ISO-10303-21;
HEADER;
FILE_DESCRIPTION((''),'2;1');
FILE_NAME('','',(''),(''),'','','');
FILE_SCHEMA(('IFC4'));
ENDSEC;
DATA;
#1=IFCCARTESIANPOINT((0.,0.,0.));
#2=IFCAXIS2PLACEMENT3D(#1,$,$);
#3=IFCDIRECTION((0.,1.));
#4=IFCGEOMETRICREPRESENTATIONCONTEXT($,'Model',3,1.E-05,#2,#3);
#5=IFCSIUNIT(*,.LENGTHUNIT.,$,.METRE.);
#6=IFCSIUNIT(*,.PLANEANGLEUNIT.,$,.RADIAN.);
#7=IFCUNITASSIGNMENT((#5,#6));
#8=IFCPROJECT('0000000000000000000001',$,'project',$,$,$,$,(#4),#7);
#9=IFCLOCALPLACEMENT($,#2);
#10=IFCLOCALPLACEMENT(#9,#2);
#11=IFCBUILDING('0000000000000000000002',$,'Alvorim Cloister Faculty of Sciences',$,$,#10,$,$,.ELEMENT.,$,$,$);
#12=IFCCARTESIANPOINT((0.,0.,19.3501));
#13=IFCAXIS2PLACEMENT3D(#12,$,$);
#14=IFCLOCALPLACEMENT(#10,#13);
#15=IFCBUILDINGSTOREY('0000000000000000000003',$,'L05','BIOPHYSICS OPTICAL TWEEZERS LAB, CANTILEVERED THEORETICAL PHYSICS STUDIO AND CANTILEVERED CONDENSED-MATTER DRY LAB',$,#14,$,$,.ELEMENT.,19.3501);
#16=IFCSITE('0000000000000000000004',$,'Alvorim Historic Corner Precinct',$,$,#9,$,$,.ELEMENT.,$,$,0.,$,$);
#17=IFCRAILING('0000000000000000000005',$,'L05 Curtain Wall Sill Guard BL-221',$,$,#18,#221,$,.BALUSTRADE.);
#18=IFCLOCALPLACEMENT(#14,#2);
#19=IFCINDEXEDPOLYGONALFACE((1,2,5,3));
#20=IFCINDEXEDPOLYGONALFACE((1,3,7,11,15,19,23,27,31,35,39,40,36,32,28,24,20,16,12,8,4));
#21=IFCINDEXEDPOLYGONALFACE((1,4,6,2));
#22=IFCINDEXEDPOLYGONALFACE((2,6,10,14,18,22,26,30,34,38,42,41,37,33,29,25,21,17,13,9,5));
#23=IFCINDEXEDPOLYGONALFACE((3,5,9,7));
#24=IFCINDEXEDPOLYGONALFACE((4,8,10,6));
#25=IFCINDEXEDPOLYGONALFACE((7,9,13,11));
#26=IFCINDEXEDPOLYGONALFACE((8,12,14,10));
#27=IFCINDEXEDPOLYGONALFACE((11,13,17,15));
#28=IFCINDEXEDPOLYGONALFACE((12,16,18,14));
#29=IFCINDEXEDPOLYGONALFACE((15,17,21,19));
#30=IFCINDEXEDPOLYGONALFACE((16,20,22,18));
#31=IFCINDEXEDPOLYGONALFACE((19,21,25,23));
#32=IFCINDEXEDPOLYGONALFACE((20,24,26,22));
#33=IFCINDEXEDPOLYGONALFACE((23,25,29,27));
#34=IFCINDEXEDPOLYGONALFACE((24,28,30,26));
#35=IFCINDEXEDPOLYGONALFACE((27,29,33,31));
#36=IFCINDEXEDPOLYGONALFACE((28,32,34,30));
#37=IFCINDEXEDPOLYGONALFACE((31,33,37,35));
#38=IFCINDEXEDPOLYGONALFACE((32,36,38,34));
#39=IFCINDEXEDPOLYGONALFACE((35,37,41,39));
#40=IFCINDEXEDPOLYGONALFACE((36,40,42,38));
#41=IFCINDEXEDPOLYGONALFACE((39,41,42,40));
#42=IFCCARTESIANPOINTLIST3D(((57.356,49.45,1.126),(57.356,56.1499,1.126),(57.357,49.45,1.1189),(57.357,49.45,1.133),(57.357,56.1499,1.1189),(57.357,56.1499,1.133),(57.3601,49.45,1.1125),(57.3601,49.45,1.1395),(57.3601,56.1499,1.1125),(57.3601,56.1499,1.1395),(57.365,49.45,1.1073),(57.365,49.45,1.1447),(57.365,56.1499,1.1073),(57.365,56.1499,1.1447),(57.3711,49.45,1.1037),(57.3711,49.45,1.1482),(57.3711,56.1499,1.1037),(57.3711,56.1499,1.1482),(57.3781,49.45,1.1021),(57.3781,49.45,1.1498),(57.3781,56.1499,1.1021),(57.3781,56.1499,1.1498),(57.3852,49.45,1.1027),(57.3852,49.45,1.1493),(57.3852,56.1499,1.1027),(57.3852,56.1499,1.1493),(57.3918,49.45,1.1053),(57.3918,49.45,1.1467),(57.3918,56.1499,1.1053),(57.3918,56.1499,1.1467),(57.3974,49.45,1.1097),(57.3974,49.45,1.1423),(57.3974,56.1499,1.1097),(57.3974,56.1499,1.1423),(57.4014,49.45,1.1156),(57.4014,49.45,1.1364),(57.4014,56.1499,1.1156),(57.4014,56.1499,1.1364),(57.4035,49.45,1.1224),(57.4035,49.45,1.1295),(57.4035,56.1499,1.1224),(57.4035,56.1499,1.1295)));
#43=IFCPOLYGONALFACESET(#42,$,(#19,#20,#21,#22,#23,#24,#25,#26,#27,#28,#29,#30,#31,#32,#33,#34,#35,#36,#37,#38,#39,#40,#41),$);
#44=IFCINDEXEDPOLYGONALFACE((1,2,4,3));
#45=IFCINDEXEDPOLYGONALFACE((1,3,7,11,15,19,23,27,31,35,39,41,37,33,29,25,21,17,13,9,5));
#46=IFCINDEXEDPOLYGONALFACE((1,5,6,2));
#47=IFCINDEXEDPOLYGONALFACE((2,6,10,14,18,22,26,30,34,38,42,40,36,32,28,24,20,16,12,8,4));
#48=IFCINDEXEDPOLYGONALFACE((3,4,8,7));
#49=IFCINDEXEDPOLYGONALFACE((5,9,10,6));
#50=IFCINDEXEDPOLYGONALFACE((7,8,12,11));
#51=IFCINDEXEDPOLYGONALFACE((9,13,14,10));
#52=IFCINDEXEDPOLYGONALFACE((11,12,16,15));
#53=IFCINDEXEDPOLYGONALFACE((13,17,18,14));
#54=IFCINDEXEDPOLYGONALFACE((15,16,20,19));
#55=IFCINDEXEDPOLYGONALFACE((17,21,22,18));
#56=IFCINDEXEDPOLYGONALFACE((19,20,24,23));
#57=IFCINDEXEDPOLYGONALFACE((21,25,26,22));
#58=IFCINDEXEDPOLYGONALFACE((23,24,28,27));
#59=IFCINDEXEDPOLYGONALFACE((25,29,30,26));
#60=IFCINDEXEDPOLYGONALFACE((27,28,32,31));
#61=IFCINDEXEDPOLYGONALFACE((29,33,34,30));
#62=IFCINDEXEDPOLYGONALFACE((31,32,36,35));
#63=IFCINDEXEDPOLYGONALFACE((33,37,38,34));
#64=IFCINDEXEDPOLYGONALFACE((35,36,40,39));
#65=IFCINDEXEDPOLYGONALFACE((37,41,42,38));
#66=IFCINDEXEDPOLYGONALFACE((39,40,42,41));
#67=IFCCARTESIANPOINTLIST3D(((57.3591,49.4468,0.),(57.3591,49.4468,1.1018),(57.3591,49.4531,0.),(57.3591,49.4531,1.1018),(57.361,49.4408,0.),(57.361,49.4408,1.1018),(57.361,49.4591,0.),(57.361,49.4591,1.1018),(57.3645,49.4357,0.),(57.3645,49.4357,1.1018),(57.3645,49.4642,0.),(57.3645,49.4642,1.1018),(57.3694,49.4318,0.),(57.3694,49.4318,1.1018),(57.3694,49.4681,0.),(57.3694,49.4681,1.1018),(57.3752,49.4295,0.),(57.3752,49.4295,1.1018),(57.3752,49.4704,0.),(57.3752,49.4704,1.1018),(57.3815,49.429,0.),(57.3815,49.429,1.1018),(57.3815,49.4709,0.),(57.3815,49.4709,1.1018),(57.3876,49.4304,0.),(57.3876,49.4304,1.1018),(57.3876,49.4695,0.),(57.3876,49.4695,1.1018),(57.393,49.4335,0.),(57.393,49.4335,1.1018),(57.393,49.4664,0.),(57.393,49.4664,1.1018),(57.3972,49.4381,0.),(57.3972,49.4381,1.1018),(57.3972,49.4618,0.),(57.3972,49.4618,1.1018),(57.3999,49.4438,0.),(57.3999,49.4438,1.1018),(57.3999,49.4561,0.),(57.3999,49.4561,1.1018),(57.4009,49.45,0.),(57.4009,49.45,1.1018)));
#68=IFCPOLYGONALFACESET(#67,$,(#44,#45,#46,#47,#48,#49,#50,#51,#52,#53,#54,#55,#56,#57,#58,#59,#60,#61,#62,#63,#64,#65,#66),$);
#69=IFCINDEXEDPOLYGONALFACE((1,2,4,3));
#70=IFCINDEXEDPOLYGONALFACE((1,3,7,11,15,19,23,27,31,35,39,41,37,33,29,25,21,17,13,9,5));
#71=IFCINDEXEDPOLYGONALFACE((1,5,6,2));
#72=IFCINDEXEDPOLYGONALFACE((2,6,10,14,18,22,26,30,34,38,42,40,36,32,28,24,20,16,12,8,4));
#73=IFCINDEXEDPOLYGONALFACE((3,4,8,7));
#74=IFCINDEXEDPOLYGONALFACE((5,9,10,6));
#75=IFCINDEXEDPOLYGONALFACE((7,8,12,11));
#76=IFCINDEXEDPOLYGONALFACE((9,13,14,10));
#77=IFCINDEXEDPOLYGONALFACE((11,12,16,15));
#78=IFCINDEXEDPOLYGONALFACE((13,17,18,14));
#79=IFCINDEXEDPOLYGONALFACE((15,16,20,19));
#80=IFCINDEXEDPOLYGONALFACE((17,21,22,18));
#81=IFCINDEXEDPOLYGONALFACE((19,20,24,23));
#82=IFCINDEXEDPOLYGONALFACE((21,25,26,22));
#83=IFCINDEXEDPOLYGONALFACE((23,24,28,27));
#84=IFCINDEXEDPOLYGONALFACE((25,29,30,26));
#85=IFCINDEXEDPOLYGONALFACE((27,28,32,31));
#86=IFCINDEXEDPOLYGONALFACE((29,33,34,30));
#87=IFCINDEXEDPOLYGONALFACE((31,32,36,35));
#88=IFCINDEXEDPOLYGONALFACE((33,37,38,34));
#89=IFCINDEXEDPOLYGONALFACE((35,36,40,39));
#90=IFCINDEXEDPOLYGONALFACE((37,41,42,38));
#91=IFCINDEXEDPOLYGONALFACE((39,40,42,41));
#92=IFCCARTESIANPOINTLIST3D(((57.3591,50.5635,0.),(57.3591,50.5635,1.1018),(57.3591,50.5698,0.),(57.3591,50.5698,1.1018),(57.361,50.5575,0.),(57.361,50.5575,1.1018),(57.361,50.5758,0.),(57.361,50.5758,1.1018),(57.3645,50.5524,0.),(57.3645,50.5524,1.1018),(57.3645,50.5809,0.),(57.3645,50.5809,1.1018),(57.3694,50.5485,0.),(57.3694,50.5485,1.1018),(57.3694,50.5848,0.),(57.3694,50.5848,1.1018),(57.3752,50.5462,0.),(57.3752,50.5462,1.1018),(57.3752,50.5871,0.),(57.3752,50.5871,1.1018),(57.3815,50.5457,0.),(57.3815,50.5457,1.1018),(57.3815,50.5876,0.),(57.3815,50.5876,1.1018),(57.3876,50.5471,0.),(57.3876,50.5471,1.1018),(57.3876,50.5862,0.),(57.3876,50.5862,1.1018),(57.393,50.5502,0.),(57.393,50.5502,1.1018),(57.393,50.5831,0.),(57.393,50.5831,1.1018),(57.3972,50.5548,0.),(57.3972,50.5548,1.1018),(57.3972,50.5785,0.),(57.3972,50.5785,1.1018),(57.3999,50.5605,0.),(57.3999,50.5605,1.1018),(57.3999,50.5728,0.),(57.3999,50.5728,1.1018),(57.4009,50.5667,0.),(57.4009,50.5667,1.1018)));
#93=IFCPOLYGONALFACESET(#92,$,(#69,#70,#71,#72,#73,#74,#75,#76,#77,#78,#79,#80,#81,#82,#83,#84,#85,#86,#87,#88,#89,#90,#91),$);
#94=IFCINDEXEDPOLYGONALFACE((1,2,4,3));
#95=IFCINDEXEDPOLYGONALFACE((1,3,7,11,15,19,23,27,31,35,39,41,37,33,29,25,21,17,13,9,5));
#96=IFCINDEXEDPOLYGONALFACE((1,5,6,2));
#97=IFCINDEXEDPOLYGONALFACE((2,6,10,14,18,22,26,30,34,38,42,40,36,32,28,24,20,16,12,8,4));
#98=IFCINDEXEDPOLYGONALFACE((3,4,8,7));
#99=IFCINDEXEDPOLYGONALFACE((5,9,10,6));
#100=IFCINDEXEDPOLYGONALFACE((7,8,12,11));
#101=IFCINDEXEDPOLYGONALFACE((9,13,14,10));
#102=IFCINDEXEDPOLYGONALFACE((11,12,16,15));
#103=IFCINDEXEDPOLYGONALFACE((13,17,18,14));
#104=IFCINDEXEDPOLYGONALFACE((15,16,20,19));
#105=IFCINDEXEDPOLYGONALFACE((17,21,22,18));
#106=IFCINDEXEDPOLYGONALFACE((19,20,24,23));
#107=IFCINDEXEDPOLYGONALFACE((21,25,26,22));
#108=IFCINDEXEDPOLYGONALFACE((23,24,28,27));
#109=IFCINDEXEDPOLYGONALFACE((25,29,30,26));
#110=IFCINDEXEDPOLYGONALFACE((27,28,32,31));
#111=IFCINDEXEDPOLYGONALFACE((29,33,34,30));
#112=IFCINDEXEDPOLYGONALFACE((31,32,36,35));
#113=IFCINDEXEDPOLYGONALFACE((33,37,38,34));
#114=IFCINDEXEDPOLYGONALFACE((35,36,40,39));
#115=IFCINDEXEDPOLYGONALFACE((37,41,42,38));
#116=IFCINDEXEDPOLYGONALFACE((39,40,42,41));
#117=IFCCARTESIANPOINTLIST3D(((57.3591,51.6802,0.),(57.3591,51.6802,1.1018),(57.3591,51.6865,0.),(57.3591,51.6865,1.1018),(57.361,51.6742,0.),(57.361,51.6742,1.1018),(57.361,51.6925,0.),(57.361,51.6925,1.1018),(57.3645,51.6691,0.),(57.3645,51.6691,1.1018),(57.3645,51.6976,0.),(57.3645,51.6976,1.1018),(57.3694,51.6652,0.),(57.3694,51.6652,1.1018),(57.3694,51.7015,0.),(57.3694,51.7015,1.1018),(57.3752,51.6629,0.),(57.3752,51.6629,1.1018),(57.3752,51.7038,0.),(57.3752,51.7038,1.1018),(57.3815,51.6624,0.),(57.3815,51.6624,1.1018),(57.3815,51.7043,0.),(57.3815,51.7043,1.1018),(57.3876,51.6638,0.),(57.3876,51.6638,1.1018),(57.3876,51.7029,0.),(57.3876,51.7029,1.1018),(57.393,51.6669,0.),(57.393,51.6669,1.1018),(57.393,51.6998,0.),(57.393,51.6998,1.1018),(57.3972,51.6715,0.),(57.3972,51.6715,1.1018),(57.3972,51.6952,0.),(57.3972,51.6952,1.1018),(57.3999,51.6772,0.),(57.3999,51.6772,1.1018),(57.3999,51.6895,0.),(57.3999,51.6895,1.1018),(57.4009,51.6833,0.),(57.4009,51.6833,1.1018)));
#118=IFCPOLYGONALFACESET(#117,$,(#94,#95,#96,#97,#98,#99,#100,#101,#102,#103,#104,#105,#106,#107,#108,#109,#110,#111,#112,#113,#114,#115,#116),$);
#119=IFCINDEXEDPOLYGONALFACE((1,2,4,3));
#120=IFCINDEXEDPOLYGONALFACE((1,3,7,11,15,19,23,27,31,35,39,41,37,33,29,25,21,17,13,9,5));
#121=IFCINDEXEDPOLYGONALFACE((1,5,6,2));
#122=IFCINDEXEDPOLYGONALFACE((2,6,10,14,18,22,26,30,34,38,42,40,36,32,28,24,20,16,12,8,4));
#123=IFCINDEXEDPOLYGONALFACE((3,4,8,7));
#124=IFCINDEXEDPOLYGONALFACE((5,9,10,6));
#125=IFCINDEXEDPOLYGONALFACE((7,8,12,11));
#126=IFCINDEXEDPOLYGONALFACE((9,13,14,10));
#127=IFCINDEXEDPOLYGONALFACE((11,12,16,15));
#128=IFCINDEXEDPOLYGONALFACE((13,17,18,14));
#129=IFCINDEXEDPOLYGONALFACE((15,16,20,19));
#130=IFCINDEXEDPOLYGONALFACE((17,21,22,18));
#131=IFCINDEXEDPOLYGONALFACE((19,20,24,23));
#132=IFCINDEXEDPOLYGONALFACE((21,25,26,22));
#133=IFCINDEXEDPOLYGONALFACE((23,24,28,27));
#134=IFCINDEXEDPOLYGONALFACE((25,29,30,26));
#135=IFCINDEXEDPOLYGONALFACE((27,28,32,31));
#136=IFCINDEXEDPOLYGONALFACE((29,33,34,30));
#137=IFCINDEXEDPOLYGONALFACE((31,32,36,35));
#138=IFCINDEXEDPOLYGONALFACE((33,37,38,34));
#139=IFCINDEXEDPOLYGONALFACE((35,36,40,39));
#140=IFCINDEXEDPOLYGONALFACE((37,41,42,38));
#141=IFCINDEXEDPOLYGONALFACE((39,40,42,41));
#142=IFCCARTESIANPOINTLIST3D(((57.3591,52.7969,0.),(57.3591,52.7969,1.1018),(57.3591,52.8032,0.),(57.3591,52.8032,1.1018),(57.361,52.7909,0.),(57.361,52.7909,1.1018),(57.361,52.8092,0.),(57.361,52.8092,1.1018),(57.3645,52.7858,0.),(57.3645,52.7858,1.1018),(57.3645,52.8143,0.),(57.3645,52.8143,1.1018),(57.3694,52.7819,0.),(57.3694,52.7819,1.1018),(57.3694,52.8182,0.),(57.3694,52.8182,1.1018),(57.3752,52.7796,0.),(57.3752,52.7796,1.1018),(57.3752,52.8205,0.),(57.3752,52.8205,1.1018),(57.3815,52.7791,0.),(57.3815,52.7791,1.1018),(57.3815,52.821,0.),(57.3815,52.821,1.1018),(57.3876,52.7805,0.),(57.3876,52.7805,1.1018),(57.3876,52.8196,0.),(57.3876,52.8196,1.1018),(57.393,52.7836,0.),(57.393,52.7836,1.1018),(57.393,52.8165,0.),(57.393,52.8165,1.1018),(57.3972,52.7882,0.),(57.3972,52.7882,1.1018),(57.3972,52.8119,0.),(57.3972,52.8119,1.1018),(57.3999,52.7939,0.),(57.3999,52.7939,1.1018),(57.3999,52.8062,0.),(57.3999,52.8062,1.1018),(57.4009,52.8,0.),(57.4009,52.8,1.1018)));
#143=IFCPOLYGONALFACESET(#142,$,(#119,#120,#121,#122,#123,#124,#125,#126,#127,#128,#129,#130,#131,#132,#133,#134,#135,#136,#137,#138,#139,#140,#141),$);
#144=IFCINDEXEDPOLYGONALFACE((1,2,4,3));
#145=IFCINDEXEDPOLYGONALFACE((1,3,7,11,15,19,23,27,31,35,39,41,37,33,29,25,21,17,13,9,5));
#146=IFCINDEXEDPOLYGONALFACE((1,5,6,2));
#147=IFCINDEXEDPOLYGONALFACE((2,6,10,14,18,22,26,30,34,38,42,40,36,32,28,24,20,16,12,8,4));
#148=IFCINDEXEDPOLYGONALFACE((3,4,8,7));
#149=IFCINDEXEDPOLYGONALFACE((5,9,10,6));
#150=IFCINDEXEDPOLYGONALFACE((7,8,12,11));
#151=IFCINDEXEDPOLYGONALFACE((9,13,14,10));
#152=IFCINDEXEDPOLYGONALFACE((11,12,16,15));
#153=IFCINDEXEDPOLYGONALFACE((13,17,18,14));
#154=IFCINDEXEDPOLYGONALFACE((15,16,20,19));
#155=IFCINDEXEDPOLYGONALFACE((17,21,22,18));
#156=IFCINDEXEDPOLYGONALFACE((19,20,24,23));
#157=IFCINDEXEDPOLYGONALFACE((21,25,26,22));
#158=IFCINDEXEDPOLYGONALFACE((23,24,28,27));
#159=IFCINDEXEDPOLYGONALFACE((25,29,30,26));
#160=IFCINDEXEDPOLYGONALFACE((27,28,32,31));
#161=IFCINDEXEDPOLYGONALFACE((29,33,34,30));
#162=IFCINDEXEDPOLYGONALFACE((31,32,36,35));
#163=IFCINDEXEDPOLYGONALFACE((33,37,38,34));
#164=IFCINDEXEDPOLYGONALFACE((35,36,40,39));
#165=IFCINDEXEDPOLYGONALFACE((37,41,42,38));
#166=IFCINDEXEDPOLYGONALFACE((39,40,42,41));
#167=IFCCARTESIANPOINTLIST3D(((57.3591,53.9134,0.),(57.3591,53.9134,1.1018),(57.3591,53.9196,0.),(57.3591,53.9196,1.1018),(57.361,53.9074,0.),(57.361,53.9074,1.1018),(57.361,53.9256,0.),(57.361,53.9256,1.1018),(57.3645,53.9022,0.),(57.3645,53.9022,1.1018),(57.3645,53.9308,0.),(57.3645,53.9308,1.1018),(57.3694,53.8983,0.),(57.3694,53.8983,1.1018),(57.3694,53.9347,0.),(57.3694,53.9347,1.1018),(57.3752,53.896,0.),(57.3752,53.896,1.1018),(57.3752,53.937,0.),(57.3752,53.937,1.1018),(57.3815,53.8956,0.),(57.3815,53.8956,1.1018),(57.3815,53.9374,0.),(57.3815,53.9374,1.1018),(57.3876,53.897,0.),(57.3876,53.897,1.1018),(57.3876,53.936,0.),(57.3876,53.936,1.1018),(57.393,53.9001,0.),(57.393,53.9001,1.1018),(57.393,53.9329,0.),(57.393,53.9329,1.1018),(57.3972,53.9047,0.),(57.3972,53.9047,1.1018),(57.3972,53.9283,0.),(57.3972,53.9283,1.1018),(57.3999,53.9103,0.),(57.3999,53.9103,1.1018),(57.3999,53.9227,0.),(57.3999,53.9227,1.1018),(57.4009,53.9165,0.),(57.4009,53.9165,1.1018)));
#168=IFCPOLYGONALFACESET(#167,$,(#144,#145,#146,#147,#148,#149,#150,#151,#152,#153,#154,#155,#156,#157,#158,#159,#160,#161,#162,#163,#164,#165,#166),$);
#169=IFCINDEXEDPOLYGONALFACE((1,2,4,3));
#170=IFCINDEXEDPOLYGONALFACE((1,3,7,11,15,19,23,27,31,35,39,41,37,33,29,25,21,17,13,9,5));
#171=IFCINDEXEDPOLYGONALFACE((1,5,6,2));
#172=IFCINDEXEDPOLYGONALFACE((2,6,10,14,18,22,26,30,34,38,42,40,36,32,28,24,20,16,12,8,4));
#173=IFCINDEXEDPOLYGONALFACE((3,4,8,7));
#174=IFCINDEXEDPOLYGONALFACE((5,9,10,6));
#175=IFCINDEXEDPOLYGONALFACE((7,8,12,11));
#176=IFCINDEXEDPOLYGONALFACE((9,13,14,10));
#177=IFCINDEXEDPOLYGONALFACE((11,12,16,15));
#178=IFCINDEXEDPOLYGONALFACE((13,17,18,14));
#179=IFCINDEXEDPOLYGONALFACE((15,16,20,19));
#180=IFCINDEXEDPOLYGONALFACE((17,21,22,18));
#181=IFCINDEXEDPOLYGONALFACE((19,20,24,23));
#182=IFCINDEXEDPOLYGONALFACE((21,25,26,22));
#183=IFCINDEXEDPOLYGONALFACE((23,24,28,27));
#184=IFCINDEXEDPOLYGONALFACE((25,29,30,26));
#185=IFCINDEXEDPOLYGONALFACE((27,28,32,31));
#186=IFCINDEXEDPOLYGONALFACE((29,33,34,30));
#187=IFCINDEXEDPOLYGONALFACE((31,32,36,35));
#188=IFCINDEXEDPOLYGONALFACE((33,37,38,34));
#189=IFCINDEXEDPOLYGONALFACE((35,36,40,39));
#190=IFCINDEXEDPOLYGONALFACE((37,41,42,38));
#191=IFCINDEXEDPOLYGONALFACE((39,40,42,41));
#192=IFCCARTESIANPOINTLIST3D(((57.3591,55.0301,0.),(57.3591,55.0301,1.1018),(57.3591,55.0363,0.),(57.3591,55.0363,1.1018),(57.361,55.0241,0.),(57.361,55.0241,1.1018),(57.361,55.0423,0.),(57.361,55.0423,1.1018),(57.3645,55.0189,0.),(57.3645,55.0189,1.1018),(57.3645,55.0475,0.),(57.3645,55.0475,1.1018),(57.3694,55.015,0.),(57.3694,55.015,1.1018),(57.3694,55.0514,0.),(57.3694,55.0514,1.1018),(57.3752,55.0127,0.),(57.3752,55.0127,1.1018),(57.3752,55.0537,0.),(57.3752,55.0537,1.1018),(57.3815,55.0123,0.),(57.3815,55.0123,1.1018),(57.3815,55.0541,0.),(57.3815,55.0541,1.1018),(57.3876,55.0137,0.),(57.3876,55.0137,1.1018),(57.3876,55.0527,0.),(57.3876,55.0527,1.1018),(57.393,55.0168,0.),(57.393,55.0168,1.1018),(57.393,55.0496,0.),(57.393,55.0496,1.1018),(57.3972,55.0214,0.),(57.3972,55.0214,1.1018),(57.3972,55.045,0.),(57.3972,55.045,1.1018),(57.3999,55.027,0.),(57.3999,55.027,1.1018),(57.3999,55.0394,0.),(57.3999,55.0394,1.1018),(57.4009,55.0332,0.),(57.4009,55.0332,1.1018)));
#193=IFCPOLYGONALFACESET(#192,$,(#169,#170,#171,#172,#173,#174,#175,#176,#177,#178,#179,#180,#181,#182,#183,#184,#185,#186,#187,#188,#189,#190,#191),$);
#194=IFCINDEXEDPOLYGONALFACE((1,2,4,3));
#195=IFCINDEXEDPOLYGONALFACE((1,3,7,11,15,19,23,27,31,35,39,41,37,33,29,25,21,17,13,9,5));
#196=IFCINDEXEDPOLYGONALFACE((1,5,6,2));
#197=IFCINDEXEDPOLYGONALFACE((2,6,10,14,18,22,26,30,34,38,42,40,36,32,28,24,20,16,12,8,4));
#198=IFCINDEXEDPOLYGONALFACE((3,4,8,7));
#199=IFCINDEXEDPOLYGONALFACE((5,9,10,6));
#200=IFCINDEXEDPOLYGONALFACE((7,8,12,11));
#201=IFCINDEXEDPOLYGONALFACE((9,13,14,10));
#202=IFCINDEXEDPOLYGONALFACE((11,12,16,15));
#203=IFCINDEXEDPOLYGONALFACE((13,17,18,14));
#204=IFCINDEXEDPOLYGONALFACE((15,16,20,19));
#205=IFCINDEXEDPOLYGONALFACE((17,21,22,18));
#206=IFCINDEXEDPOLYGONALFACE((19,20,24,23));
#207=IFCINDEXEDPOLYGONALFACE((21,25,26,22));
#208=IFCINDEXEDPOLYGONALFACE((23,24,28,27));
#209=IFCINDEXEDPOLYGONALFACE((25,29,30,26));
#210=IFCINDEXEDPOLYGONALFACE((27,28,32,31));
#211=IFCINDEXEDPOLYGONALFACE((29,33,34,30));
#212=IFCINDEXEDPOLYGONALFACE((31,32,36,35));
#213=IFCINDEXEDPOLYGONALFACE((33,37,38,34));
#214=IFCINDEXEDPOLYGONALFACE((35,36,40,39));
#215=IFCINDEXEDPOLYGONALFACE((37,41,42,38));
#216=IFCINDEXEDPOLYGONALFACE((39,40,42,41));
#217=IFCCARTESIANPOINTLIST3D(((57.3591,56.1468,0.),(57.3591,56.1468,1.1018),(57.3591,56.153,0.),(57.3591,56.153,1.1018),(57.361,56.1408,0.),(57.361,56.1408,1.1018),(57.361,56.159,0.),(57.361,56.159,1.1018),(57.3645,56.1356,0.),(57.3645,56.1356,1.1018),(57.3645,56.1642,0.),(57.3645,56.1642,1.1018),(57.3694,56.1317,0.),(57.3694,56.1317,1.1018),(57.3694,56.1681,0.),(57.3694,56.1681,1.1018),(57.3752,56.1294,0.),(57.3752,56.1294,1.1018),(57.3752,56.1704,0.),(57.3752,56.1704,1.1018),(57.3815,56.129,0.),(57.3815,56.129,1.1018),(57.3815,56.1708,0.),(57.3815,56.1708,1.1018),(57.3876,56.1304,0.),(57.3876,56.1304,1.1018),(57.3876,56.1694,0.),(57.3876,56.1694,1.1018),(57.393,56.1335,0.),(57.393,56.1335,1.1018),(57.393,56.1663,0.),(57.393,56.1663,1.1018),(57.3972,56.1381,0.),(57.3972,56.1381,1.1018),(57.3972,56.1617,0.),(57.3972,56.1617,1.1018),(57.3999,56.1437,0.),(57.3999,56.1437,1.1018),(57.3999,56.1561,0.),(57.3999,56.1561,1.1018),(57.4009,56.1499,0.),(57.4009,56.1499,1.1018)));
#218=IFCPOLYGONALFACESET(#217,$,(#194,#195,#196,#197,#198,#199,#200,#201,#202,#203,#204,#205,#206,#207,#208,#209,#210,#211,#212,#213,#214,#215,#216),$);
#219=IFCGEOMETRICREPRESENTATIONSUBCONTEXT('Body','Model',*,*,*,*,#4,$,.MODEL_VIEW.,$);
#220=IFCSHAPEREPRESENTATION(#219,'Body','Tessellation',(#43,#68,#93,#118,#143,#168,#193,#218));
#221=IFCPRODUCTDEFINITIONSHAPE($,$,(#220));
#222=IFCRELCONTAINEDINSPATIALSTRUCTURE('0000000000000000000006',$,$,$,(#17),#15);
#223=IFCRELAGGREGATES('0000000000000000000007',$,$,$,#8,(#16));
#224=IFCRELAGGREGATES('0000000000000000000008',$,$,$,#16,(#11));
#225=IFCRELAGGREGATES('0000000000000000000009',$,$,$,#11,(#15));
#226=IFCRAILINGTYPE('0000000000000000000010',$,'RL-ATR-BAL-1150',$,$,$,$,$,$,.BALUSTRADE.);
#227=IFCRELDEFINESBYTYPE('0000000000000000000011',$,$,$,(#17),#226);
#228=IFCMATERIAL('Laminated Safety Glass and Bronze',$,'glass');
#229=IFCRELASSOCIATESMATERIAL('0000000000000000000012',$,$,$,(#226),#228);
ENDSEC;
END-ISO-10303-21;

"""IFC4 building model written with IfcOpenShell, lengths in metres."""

from ifc_helpers import new_model, si_unit, direction, frame, origin, origin_2d, place, context, subcontext, project, spatial, circle, extrude, material, type_object, element, save


model = new_model("IFC4")

# Units and contexts
model_context = context("Model", 3, precision=1e-05, world=origin(), true_north=direction((0.0, 1.0)))
body_context = subcontext(model_context, "Body", "Model", "MODEL_VIEW")
ifc_project = project(units=[si_unit("LENGTHUNIT", "METRE"), si_unit("PLANEANGLEUNIT", "RADIAN")], contexts=[model_context])

# Site, building, storey
site_placement = place(None, origin())
site = spatial("IfcSite", under=ifc_project, at=site_placement, Name="Alvorim Historic Corner Precinct", CompositionType="ELEMENT", RefElevation=0.0)
building_placement = place(site_placement, origin())
building = spatial("IfcBuilding", under=site, at=building_placement, Name="Alvorim Cloister Faculty of Sciences", CompositionType="ELEMENT")
storey_placement = place(building_placement, frame((0.0, 0.0, 19.3501)))
storey = spatial("IfcBuildingStorey", under=building, at=storey_placement, Name="L05", Description="BIOPHYSICS OPTICAL TWEEZERS LAB, CANTILEVERED THEORETICAL PHYSICS STUDIO AND CANTILEVERED CONDENSED-MATTER DRY LAB", CompositionType="ELEMENT", Elevation=19.3501)

# Railing
ifc_material_1 = material(Name="Laminated Safety Glass and Bronze", Category="glass")
railing_type = type_object("IfcRailingType", Name="RL-ATR-BAL-1150", PredefinedType="BALUSTRADE", material=ifc_material_1)
railing_1_placement = place(storey_placement, frame((57.3799, 49.45, 0.0)))
element("IfcRailing", 1, at=railing_1_placement, inside=storey, type_object=railing_type, Name="L05 Curtain Wall Sill Guard BL-221", PredefinedType="BALUSTRADE", context=body_context, shape_type="SweptSolid", body=[
    extrude(circle(Radius=0.0239, at=origin_2d()), frame((0.0, 0.0, 1.126), z_axis=(0.0, 1.0, 0.0), x_axis=(-1.0, 0.0, 0.0)), (0.0, 0.0, 1.0), 6.7),
    extrude(circle(Radius=0.021, at=origin_2d()), origin(), (0.0, 0.0, 1.0), 1.1018),
    extrude(circle(Radius=0.021, at=origin_2d()), frame((0.0, 1.1167, 0.0)), (0.0, 0.0, 1.0), 1.1018),
    extrude(circle(Radius=0.021, at=origin_2d()), frame((0.0, 2.2334, 0.0)), (0.0, 0.0, 1.0), 1.1018),
    extrude(circle(Radius=0.021, at=origin_2d()), frame((0.0, 3.3501, 0.0)), (0.0, 0.0, 1.0), 1.1018),
    extrude(circle(Radius=0.021, at=origin_2d()), frame((0.0, 4.4666, 0.0)), (0.0, 0.0, 1.0), 1.1018),
    extrude(circle(Radius=0.021, at=origin_2d()), frame((0.0, 5.5833, 0.0)), (0.0, 0.0, 1.0), 1.1018),
    extrude(circle(Radius=0.021, at=origin_2d()), frame((0.0, 6.7, 0.0)), (0.0, 0.0, 1.0), 1.1018),
])

save(model, "model.ifc")
